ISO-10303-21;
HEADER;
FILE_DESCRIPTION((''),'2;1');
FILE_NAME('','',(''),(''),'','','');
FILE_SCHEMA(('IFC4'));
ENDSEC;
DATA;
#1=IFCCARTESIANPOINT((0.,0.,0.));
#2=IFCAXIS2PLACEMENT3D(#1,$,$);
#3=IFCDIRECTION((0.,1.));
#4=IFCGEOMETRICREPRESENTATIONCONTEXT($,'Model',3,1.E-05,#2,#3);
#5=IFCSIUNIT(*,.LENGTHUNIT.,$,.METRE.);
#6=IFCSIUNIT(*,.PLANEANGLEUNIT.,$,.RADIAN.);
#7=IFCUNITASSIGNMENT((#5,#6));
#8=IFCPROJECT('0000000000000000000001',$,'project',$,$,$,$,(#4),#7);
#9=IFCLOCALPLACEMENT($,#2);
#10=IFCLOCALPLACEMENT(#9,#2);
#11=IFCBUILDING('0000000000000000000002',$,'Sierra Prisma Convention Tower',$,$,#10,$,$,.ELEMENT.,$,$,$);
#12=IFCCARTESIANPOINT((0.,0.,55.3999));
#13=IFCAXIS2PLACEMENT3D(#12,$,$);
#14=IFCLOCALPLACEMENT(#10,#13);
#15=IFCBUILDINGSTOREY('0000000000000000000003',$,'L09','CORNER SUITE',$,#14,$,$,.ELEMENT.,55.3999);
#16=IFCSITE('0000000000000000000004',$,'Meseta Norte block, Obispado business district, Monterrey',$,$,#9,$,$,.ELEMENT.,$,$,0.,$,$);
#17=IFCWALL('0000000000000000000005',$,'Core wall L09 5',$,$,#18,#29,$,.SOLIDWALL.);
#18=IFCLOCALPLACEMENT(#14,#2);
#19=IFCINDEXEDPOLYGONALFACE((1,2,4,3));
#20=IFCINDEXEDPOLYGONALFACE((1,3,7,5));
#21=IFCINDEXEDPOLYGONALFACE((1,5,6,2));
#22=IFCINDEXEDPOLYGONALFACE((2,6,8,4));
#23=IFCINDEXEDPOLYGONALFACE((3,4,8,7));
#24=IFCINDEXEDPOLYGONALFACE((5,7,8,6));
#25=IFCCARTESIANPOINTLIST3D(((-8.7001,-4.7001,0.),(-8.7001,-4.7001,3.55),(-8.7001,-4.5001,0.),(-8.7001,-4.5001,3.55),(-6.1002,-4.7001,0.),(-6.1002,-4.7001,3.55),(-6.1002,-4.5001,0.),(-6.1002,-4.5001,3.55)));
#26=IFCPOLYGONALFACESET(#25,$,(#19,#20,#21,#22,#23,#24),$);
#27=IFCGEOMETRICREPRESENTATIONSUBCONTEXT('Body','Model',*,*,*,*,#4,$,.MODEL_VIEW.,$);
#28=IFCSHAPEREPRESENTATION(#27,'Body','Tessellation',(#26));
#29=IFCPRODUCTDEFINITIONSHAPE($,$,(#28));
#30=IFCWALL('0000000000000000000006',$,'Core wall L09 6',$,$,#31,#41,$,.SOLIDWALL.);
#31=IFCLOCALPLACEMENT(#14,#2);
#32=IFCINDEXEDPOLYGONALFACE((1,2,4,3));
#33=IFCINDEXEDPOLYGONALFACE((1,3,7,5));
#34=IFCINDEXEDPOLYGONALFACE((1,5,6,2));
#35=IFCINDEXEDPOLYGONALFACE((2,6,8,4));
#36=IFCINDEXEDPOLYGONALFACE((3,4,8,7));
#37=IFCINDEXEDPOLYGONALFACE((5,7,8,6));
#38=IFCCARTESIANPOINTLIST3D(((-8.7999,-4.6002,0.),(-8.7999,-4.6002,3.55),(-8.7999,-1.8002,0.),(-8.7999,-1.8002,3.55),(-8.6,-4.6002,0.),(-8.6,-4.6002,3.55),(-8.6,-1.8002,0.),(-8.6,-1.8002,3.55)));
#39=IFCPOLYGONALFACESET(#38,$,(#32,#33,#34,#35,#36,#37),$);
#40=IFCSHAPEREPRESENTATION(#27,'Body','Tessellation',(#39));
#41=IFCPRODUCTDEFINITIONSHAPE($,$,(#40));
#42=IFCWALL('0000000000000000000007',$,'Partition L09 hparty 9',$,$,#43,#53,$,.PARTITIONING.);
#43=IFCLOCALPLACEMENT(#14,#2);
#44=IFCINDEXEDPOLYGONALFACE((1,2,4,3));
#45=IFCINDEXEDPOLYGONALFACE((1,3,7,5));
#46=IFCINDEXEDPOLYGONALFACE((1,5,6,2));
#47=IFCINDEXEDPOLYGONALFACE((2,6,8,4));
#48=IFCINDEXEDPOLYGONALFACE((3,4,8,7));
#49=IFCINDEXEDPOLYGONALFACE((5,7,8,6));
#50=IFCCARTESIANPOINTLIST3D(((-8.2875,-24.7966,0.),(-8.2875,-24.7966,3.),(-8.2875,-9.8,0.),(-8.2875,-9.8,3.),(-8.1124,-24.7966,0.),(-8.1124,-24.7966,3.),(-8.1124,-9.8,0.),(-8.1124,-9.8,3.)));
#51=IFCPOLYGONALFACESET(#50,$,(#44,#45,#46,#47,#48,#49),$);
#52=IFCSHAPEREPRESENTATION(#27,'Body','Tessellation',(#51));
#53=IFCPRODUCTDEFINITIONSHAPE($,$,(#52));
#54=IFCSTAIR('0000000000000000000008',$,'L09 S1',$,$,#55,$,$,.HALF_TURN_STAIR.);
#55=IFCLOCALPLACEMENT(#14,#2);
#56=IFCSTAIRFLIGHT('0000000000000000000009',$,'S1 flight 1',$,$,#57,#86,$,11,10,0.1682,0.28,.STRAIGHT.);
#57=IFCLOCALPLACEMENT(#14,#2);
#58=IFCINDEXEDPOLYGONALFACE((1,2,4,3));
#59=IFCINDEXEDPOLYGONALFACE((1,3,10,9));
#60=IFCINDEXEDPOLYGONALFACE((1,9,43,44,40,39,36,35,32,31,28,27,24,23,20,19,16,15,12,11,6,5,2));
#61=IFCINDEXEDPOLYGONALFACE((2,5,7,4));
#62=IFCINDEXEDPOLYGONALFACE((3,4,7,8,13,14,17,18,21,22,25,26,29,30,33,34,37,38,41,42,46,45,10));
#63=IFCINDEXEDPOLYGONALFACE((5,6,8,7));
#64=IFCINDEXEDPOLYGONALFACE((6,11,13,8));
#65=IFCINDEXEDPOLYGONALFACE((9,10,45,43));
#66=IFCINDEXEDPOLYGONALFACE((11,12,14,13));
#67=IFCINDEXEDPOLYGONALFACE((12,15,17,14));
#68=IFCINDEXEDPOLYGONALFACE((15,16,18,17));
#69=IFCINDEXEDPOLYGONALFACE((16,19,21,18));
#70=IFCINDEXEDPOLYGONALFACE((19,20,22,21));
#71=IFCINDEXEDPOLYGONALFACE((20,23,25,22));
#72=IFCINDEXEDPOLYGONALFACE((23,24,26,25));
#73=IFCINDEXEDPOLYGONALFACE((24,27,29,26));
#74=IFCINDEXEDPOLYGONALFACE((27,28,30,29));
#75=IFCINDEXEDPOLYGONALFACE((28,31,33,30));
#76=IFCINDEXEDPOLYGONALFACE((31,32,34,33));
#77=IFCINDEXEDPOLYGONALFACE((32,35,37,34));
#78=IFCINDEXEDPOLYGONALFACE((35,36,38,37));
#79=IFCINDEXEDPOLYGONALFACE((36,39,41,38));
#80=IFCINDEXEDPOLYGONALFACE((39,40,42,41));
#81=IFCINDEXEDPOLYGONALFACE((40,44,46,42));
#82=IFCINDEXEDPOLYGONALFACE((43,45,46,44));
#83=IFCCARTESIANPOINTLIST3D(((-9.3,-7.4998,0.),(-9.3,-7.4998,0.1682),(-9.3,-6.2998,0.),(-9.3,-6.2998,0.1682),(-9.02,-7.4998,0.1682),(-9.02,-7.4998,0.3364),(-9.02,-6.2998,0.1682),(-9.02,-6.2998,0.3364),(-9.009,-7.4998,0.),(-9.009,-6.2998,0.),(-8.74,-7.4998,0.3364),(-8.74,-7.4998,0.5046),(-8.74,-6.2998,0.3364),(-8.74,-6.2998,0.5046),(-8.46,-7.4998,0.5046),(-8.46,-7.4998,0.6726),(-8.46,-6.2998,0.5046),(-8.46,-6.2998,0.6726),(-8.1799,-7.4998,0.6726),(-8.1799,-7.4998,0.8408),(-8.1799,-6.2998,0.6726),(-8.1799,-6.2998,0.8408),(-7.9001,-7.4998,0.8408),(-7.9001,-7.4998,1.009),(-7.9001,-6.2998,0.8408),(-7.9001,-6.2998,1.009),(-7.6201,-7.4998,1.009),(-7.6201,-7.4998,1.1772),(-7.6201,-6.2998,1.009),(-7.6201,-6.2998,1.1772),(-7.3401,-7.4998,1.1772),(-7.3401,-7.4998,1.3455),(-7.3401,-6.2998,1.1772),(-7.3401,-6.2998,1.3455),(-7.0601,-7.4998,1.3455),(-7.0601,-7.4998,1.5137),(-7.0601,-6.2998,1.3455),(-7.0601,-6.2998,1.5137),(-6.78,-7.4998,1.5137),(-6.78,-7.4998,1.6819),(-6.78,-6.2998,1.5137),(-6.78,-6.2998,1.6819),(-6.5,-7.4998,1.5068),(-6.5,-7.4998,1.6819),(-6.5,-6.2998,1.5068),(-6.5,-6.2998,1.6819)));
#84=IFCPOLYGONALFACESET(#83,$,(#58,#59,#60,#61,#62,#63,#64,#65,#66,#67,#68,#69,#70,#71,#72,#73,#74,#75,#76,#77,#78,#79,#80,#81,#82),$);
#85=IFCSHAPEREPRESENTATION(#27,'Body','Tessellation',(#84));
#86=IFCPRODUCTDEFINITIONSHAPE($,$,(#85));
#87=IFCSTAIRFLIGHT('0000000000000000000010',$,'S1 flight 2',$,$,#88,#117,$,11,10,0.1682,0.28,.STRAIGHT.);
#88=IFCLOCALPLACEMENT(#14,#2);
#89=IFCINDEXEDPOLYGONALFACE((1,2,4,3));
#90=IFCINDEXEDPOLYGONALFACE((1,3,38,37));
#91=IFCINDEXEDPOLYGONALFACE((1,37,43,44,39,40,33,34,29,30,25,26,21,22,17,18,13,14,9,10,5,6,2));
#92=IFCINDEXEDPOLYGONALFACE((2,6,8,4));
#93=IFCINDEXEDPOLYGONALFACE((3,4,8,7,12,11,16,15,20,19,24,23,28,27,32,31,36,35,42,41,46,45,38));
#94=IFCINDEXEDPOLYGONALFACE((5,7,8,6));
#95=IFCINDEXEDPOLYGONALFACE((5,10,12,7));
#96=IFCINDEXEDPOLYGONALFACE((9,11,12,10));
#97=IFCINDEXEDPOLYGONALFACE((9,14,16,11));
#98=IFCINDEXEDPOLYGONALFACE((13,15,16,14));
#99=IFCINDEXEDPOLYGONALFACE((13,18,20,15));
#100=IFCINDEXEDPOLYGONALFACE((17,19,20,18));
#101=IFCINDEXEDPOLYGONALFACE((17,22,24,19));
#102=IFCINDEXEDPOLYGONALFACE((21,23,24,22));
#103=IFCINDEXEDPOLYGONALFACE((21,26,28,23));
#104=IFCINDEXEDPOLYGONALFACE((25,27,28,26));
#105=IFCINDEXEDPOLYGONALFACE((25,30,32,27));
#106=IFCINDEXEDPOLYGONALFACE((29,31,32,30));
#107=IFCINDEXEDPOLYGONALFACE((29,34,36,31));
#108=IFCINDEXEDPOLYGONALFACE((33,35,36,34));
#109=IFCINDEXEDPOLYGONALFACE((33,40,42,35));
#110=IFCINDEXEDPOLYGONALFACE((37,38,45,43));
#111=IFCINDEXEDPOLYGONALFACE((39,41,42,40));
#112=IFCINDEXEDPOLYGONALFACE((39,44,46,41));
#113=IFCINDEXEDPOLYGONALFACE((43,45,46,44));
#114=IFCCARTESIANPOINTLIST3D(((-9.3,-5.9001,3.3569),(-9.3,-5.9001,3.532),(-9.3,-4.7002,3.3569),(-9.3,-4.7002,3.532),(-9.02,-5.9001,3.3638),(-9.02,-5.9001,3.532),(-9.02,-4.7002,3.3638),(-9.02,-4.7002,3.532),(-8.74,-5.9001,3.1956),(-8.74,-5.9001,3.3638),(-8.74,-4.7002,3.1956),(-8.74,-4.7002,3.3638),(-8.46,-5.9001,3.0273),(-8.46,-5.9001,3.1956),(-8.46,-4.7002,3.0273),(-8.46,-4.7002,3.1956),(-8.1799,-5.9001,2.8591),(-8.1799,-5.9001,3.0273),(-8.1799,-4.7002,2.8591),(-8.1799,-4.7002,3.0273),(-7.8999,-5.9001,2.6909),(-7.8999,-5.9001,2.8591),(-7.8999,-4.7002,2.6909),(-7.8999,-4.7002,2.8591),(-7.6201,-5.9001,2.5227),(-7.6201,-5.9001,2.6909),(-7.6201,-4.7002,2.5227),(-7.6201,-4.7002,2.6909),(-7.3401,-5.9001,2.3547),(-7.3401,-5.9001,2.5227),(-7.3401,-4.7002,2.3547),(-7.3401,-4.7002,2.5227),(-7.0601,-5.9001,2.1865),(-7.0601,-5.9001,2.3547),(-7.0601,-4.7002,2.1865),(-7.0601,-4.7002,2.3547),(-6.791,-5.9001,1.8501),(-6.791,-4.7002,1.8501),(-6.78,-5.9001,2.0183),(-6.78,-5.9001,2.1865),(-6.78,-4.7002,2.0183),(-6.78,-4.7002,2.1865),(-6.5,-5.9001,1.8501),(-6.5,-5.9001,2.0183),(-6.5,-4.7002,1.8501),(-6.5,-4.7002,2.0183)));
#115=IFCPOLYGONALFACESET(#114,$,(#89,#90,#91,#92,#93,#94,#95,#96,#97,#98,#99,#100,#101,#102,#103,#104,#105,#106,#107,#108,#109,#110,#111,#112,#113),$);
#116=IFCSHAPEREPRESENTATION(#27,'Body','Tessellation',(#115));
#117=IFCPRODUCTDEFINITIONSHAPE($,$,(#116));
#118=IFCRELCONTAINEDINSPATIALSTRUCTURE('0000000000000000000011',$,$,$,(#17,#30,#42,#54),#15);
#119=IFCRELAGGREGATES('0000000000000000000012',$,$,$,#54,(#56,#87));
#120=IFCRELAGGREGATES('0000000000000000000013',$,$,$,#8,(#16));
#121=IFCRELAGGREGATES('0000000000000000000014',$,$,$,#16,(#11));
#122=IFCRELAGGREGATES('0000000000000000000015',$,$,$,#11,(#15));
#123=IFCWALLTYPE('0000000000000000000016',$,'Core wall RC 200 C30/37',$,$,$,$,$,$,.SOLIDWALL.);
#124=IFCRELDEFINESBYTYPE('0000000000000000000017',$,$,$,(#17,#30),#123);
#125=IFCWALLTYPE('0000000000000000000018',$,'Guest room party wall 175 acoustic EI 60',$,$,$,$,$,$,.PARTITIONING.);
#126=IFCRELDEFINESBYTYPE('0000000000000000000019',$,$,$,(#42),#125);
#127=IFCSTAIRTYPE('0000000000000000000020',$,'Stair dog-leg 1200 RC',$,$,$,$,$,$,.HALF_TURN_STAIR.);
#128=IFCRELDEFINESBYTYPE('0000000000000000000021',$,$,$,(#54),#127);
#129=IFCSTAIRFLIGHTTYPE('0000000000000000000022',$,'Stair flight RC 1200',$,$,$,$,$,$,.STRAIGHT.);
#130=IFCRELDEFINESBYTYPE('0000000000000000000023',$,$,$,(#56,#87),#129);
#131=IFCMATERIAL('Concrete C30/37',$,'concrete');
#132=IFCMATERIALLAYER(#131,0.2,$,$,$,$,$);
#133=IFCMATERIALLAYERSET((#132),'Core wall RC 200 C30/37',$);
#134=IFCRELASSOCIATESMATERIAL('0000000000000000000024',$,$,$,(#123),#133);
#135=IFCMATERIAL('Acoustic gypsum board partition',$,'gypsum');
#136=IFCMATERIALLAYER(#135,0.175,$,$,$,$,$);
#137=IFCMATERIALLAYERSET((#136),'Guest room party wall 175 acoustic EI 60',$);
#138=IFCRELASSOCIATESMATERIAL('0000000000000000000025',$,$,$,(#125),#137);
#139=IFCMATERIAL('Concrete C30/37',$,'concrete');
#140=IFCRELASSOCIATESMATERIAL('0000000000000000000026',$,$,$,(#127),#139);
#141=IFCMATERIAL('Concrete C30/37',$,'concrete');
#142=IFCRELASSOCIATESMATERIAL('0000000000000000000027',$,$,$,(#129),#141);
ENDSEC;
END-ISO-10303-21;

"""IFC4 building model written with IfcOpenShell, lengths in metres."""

from ifc_helpers import new_model, si_unit, direction, frame, frame_2d, origin, place, context, subcontext, project, spatial, polyline, rectangle, outline, extrude, material, layer, layer_set, type_object, element, aggregate, save


model = new_model("IFC4")

# Units and contexts
model_context = context("Model", 3, precision=1e-05, world=origin(), true_north=direction((0.0, 1.0)))
body_context = subcontext(model_context, "Body", "Model", "MODEL_VIEW")
ifc_project = project(units=[si_unit("LENGTHUNIT", "METRE"), si_unit("PLANEANGLEUNIT", "RADIAN")], contexts=[model_context])

# Site, building, storey
site_placement = place(None, origin())
site = spatial("IfcSite", under=ifc_project, at=site_placement, Name="Meseta Norte block, Obispado business district, Monterrey", CompositionType="ELEMENT", RefElevation=0.0)
building_placement = place(site_placement, origin())
building = spatial("IfcBuilding", under=site, at=building_placement, Name="Sierra Prisma Convention Tower", CompositionType="ELEMENT")
storey_placement = place(building_placement, frame((0.0, 0.0, 55.3999)))
storey = spatial("IfcBuildingStorey", under=building, at=storey_placement, Name="L09", Description="CORNER SUITE", CompositionType="ELEMENT", Elevation=55.3999)

# Walls
ifc_material_1 = material(Name="Concrete C30/37", Category="concrete")
ifc_layer_1 = layer(ifc_material_1, 0.2)
ifc_layer_set_1 = layer_set([ifc_layer_1], Name="Core wall RC 200 C30/37")
wall_type_1 = type_object("IfcWallType", Name="Core wall RC 200 C30/37", PredefinedType="SOLIDWALL", material=ifc_layer_set_1)
wall_1_placement = place(storey_placement, frame((-8.7, -4.6001, 0.0), z_axis=(0.0, 0.0, 1.0), x_axis=(1.0, 0.0, 0.0)))
element("IfcWall", 1, at=wall_1_placement, inside=storey, type_object=wall_type_1, Name="Core wall L09 5", PredefinedType="SOLIDWALL", context=body_context, shape_type="SweptSolid", body=[
    extrude(rectangle(XDim=2.5999, YDim=0.2, at=frame_2d((1.2998, 0.0))), origin(), (0.0, 0.0, 1.0), 3.55),
])
wall_2_placement = place(storey_placement, frame((-8.7, -4.6001, 0.0), z_axis=(0.0, 0.0, 1.0), x_axis=(0.0, 1.0, 0.0)))
element("IfcWall", 2, at=wall_2_placement, inside=storey, type_object=wall_type_1, Name="Core wall L09 6", PredefinedType="SOLIDWALL", context=body_context, shape_type="SweptSolid", body=[
    extrude(rectangle(XDim=2.8, YDim=0.2, at=frame_2d((1.3999, 0.0))), origin(), (0.0, 0.0, 1.0), 3.55),
])

# Wall
ifc_material_2 = material(Name="Acoustic gypsum board partition", Category="gypsum")
ifc_layer_2 = layer(ifc_material_2, 0.175)
ifc_layer_set_2 = layer_set([ifc_layer_2], Name="Guest room party wall 175 acoustic EI 60")
wall_type_2 = type_object("IfcWallType", Name="Guest room party wall 175 acoustic EI 60", PredefinedType="PARTITIONING", material=ifc_layer_set_2)
wall_3_placement = place(storey_placement, frame((-8.2, -9.8, 0.0), z_axis=(0.0, 0.0, 1.0), x_axis=(0.0, -1.0, 0.0)))
element("IfcWall", 3, at=wall_3_placement, inside=storey, type_object=wall_type_2, Name="Partition L09 hparty 9", PredefinedType="PARTITIONING", context=body_context, shape_type="SweptSolid", body=[
    extrude(rectangle(XDim=14.9966, YDim=0.175, at=frame_2d((7.4983, 0.0))), origin(), (0.0, 0.0, 1.0), 3.0),
])

# Stair, stair flights
ifc_material_3 = material(Name="Concrete C30/37", Category="concrete")
stair_type = type_object("IfcStairType", Name="Stair dog-leg 1200 RC", PredefinedType="HALF_TURN_STAIR", material=ifc_material_3)
stair_placement = place(storey_placement, origin())
stair = element("IfcStair", 4, at=stair_placement, inside=storey, type_object=stair_type, Name="L09 S1", PredefinedType="HALF_TURN_STAIR")
ifc_material_4 = material(Name="Concrete C30/37", Category="concrete")
stair_flight_type = type_object("IfcStairFlightType", Name="Stair flight RC 1200", PredefinedType="STRAIGHT", material=ifc_material_4)
stair_flight_1_placement = place(storey_placement, frame((-9.3, -6.8999, 0.0), z_axis=(0.0, 0.0, 1.0), x_axis=(1.0, 0.0, 0.0)))
stair_flight_1 = element("IfcStairFlight", 5, at=stair_flight_1_placement, type_object=stair_flight_type, Name="S1 flight 1", NumberOfRisers=11, NumberOfTreads=10, PredefinedType="STRAIGHT", RiserHeight=0.1682, TreadLength=0.28, context=body_context, shape_type="SweptSolid", body=[
    extrude(outline(polyline([(0.0, 0.0), (0.0, 0.1682), (0.28, 0.1682), (0.28, 0.3364), (0.5601, 0.3364), (0.5601, 0.5046), (0.8401, 0.5046), (0.8401, 0.6726), (1.1201, 0.6726), (1.1201, 0.8408), (1.3999, 0.8408), (1.3999, 1.009), (1.6799, 1.009), (1.6799, 1.1772), (1.96, 1.1772), (1.96, 1.3455), (2.24, 1.3455), (2.24, 1.5137), (2.52, 1.5137), (2.52, 1.6819), (2.8, 1.6819), (2.8, 1.8501), (2.8, 1.5068), (0.291, 0.0), (0.0, 0.0)])), frame((0.0, 0.6001, 0.0), z_axis=(0.0, -1.0, 0.0), x_axis=(1.0, 0.0, 0.0)), (0.0, 0.0, 1.0), 1.2),
])
stair_flight_2_placement = place(storey_placement, frame((-6.5, -5.3, 1.8501), z_axis=(0.0, 0.0, 1.0), x_axis=(-1.0, 0.0, 0.0)))
stair_flight_2 = element("IfcStairFlight", 6, at=stair_flight_2_placement, type_object=stair_flight_type, Name="S1 flight 2", NumberOfRisers=11, NumberOfTreads=10, PredefinedType="STRAIGHT", RiserHeight=0.1682, TreadLength=0.28, context=body_context, shape_type="SweptSolid", body=[
    extrude(outline(polyline([(0.0, 0.0), (0.0, 0.1682), (0.28, 0.1682), (0.28, 0.3364), (0.5601, 0.3364), (0.5601, 0.5046), (0.8401, 0.5046), (0.8401, 0.6726), (1.1201, 0.6726), (1.1201, 0.8408), (1.3999, 0.8408), (1.3999, 1.009), (1.6799, 1.009), (1.6799, 1.1772), (1.96, 1.1772), (1.96, 1.3455), (2.24, 1.3455), (2.24, 1.5137), (2.52, 1.5137), (2.52, 1.6819), (2.8, 1.6819), (2.8, 1.8501), (2.8, 1.5068), (0.291, 0.0), (0.0, 0.0)])), frame((0.0, 0.6001, 0.0), z_axis=(0.0, -1.0, 0.0), x_axis=(1.0, 0.0, 0.0)), (0.0, 0.0, 1.0), 1.2),
])
aggregate(stair, [stair_flight_1, stair_flight_2])

save(model, "model.ifc")
